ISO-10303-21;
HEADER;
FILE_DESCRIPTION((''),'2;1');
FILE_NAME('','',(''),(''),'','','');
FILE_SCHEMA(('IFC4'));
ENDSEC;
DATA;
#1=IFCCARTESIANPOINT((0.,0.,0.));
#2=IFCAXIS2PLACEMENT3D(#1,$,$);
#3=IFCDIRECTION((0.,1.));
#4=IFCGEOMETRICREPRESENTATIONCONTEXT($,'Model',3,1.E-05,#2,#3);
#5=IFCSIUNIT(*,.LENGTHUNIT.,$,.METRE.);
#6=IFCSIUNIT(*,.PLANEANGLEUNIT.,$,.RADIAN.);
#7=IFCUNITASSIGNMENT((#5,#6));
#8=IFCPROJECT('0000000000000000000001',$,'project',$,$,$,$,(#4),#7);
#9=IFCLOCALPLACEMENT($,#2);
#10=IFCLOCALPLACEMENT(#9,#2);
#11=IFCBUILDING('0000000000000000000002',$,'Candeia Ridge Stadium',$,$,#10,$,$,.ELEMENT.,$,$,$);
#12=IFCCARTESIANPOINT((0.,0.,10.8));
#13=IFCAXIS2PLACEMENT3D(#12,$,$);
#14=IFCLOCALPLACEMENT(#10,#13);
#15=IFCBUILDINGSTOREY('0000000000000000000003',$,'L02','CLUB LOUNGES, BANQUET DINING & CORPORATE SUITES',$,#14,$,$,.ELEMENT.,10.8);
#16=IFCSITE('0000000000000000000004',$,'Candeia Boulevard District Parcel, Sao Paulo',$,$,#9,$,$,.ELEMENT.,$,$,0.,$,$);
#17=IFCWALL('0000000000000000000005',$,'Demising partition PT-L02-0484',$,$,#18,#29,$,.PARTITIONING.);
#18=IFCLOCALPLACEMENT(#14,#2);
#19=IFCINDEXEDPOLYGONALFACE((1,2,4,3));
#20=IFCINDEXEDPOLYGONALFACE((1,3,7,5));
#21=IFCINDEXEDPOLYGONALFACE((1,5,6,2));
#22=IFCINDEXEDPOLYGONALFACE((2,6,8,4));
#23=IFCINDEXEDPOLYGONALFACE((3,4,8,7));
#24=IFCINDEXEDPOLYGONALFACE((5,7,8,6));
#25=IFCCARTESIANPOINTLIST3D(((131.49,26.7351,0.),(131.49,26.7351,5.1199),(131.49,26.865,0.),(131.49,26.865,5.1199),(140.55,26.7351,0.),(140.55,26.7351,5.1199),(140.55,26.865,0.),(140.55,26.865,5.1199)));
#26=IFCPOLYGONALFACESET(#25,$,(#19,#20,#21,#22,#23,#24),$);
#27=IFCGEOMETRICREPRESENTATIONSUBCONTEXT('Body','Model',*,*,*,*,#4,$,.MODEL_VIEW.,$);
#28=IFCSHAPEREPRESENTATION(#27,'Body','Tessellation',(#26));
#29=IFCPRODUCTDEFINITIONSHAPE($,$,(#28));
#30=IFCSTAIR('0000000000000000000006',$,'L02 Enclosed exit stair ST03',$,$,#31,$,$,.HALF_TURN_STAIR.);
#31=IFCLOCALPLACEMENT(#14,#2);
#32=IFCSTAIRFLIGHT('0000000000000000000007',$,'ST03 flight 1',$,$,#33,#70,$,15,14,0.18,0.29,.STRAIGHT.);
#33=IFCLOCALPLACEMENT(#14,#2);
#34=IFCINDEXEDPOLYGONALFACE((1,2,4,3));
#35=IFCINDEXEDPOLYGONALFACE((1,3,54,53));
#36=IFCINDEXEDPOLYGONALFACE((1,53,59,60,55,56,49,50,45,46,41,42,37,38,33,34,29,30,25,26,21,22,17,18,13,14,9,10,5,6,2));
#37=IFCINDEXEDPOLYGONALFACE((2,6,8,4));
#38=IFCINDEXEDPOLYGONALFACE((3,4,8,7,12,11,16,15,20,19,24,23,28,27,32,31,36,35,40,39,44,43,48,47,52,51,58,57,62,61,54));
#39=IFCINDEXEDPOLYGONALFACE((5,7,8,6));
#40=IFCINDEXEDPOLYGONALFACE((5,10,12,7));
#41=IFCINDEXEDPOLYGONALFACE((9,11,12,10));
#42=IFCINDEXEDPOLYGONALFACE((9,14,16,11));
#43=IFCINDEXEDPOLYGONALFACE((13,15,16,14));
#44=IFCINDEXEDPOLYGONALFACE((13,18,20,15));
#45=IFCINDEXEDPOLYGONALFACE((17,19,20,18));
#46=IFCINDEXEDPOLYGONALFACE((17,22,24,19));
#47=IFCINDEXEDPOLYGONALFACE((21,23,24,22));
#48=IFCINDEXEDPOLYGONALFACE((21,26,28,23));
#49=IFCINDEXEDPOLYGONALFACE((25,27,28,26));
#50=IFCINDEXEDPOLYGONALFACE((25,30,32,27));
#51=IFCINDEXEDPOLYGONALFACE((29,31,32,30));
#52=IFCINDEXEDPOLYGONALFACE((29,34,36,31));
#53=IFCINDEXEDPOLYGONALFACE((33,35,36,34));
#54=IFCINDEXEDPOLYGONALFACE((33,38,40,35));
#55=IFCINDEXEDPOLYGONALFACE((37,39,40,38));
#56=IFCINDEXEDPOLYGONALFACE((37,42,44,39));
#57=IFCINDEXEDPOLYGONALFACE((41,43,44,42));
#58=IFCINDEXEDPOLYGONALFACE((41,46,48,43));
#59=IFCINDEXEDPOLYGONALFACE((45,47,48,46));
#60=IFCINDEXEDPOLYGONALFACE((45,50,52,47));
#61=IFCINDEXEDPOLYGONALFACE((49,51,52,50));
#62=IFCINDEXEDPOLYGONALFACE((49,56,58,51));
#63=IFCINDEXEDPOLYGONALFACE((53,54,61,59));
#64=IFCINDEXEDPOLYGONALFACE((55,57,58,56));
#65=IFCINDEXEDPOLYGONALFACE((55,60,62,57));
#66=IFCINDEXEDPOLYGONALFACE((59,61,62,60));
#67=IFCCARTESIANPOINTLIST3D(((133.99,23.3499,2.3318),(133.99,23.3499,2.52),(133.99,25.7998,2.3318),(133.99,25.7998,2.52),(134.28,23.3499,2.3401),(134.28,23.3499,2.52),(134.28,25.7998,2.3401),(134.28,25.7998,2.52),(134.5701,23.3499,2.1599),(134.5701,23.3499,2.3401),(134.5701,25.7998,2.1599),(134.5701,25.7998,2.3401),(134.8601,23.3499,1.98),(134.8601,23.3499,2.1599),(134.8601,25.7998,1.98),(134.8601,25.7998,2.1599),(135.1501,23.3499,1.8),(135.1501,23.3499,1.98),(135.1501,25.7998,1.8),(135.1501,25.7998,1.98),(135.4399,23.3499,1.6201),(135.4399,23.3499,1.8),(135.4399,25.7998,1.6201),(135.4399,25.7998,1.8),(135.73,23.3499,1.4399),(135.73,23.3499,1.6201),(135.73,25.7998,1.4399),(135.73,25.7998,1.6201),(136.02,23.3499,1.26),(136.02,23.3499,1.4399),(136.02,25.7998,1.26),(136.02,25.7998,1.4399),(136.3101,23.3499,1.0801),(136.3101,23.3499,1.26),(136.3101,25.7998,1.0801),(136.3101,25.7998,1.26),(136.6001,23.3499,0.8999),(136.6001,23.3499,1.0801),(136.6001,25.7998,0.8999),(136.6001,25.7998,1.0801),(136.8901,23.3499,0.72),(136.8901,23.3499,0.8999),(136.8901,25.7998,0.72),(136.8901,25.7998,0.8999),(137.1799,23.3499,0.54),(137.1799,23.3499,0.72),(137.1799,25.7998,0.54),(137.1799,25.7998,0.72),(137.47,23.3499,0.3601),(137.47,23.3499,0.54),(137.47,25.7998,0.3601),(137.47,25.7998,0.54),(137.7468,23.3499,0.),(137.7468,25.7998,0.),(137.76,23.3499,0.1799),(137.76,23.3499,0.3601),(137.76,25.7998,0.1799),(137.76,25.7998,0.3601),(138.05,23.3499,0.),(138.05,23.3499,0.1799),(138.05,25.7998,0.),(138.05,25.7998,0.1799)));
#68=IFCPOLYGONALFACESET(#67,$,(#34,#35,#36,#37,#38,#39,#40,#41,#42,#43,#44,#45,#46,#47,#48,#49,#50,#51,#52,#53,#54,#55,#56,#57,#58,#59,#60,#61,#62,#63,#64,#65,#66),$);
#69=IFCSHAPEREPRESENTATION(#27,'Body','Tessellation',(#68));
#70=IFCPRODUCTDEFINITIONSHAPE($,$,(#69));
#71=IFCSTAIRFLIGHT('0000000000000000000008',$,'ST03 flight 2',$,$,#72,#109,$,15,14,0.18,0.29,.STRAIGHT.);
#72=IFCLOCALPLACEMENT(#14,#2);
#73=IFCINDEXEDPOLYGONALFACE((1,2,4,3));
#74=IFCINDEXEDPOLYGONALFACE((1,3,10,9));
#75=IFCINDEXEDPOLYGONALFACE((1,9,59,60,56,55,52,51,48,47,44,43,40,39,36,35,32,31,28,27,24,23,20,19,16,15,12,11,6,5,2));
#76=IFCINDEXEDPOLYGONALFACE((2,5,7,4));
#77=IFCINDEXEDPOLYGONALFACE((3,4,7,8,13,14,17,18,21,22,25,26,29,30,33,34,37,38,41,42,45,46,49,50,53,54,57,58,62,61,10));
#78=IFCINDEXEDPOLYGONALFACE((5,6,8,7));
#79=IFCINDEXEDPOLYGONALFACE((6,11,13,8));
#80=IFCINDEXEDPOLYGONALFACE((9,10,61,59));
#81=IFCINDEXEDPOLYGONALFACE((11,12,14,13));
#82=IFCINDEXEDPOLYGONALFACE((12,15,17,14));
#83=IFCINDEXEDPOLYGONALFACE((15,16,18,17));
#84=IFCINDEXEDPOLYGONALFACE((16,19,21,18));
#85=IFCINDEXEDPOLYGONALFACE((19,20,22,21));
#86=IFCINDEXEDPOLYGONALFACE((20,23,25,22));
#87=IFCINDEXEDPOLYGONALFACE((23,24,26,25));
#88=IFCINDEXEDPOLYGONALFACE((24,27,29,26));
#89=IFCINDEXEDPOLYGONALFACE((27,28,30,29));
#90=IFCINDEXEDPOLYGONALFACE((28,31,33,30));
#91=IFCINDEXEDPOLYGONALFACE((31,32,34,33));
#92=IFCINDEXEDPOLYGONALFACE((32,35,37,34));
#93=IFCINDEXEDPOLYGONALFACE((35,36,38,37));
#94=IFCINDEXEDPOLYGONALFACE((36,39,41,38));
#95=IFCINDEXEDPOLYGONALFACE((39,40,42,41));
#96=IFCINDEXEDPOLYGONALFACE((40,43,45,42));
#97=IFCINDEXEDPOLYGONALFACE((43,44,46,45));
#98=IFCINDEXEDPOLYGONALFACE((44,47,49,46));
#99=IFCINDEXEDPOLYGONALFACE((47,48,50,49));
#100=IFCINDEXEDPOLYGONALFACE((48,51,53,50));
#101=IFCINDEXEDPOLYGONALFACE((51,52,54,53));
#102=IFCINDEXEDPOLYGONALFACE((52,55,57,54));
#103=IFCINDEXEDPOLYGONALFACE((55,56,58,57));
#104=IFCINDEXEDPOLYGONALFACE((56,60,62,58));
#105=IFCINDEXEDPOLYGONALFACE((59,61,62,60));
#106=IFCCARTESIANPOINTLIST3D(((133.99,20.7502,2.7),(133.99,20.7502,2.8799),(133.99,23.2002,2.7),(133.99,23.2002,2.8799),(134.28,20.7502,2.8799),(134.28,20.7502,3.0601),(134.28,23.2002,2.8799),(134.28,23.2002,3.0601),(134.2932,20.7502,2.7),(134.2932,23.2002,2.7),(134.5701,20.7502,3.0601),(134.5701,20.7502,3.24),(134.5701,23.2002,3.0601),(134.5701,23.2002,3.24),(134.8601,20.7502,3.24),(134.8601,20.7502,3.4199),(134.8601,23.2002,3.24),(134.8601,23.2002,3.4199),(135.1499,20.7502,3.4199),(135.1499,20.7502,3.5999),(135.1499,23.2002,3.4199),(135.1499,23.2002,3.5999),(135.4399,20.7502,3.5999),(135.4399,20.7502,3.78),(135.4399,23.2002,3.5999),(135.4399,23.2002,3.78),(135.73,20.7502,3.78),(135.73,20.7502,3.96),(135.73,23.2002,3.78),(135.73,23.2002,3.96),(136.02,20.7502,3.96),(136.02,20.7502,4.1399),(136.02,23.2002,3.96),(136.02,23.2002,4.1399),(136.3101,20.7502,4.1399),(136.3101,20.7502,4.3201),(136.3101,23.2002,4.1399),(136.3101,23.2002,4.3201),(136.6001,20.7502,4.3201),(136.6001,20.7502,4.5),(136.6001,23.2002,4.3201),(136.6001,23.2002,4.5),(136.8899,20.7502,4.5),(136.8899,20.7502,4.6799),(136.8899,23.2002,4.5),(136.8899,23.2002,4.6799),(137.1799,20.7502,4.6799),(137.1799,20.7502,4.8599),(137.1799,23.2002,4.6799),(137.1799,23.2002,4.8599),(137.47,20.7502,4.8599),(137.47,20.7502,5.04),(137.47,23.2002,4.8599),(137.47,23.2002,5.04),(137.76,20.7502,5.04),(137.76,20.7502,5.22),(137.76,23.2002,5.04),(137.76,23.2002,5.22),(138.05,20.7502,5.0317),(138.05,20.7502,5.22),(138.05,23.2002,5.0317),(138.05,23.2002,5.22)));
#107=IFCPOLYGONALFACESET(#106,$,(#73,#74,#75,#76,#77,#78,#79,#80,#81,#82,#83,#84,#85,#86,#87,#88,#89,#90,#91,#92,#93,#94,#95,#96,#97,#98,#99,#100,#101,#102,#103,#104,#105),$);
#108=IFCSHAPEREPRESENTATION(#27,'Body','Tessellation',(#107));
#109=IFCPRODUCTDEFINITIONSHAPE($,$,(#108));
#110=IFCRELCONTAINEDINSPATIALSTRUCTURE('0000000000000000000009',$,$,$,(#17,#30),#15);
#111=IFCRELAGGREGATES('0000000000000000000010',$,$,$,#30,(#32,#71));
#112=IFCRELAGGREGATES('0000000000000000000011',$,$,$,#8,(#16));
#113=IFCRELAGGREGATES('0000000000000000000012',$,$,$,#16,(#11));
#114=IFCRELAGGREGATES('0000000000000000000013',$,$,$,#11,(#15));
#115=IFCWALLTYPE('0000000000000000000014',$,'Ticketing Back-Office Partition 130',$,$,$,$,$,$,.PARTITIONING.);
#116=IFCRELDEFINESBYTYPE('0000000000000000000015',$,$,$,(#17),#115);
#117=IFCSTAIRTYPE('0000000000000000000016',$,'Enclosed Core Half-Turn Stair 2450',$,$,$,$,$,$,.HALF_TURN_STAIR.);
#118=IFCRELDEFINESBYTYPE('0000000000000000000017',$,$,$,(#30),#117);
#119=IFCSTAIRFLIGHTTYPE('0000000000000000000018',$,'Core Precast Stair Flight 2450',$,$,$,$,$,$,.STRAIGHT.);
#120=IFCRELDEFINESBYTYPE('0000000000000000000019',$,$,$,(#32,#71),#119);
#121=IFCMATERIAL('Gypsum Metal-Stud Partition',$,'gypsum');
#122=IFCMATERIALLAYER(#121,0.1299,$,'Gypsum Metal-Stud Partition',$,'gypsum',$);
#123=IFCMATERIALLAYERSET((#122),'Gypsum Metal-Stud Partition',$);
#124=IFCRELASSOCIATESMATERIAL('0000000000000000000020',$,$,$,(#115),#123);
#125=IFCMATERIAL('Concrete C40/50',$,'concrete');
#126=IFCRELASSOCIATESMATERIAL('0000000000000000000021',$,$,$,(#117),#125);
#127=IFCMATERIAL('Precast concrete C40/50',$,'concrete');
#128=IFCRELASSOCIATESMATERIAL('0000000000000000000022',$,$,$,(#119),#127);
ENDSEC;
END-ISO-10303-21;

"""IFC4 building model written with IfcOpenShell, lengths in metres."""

from ifc_helpers import new_model, si_unit, direction, frame, frame_2d, origin, place, context, subcontext, project, spatial, polyline, rectangle, outline, extrude, material, layer, layer_set, type_object, element, aggregate, save


model = new_model("IFC4")

# Units and contexts
model_context = context("Model", 3, precision=1e-05, world=origin(), true_north=direction((0.0, 1.0)))
body_context = subcontext(model_context, "Body", "Model", "MODEL_VIEW")
ifc_project = project(units=[si_unit("LENGTHUNIT", "METRE"), si_unit("PLANEANGLEUNIT", "RADIAN")], contexts=[model_context])

# Site, building, storey
site_placement = place(None, origin())
site = spatial("IfcSite", under=ifc_project, at=site_placement, Name="Candeia Boulevard District Parcel, Sao Paulo", CompositionType="ELEMENT", RefElevation=0.0)
building_placement = place(site_placement, origin())
building = spatial("IfcBuilding", under=site, at=building_placement, Name="Candeia Ridge Stadium", CompositionType="ELEMENT")
storey_placement = place(building_placement, frame((0.0, 0.0, 10.8)))
storey = spatial("IfcBuildingStorey", under=building, at=storey_placement, Name="L02", Description="CLUB LOUNGES, BANQUET DINING & CORPORATE SUITES", CompositionType="ELEMENT", Elevation=10.8)

# Shared definitions
ifc_material_1 = material(Name="Concrete C40/50", Category="concrete")

# Wall
ifc_material_2 = material(Name="Gypsum Metal-Stud Partition", Category="gypsum")
ifc_layer_1 = layer(ifc_material_2, 0.1299, Name="Gypsum Metal-Stud Partition", Category="gypsum")
ifc_layer_set_1 = layer_set([ifc_layer_1], Name="Gypsum Metal-Stud Partition")
wall_type_1 = type_object("IfcWallType", Name="Ticketing Back-Office Partition 130", PredefinedType="PARTITIONING", material=ifc_layer_set_1)
wall_1_placement = place(storey_placement, frame((131.49, 26.8, 0.0), z_axis=(0.0, 0.0, 1.0), x_axis=(1.0, 0.0, 0.0)))
element("IfcWall", 1, at=wall_1_placement, inside=storey, type_object=wall_type_1, Name="Demising partition PT-L02-0484", PredefinedType="PARTITIONING", context=body_context, shape_type="SweptSolid", body=[
    extrude(rectangle(XDim=9.0601, YDim=0.1299, at=frame_2d((4.53, 0.0))), origin(), (0.0, 0.0, 1.0), 5.1199),
])

# Stair, stair flights
stair_type = type_object("IfcStairType", Name="Enclosed Core Half-Turn Stair 2450", PredefinedType="HALF_TURN_STAIR", material=ifc_material_1)
stair_placement = place(storey_placement, origin())
stair = element("IfcStair", 2, at=stair_placement, inside=storey, type_object=stair_type, Name="L02 Enclosed exit stair ST03", PredefinedType="HALF_TURN_STAIR")
ifc_material_3 = material(Name="Precast concrete C40/50", Category="concrete")
stair_flight_type = type_object("IfcStairFlightType", Name="Core Precast Stair Flight 2450", PredefinedType="STRAIGHT", material=ifc_material_3)
stair_flight_1_placement = place(storey_placement, frame((138.05, 24.575, 0.0), z_axis=(0.0, 0.0, 1.0), x_axis=(-1.0, 0.0, 0.0)))
stair_flight_1 = element("IfcStairFlight", 3, at=stair_flight_1_placement, type_object=stair_flight_type, Name="ST03 flight 1", NumberOfRisers=15, NumberOfTreads=14, PredefinedType="STRAIGHT", RiserHeight=0.18, TreadLength=0.29, context=body_context, shape_type="SweptSolid", body=[
    extrude(outline(polyline([(0.0, 0.0), (0.0, 0.1799), (0.29, 0.1799), (0.29, 0.3601), (0.5801, 0.3601), (0.5801, 0.54), (0.8701, 0.54), (0.8701, 0.72), (1.1599, 0.72), (1.1599, 0.8999), (1.45, 0.8999), (1.45, 1.0801), (1.74, 1.0801), (1.74, 1.26), (2.03, 1.26), (2.03, 1.4399), (2.3201, 1.4399), (2.3201, 1.6201), (2.6101, 1.6201), (2.6101, 1.8), (2.8999, 1.8), (2.8999, 1.98), (3.1899, 1.98), (3.1899, 2.1599), (3.48, 2.1599), (3.48, 2.3401), (3.77, 2.3401), (3.77, 2.52), (4.0601, 2.52), (4.0601, 2.7), (4.0601, 2.3318), (0.3032, 0.0), (0.0, 0.0)])), frame((0.0, 1.2251, 0.0), z_axis=(0.0, -1.0, 0.0), x_axis=(1.0, 0.0, 0.0)), (0.0, 0.0, 1.0), 2.45),
])
stair_flight_2_placement = place(storey_placement, frame((133.99, 21.9751, 2.7), z_axis=(0.0, 0.0, 1.0), x_axis=(1.0, 0.0, 0.0)))
stair_flight_2 = element("IfcStairFlight", 4, at=stair_flight_2_placement, type_object=stair_flight_type, Name="ST03 flight 2", NumberOfRisers=15, NumberOfTreads=14, PredefinedType="STRAIGHT", RiserHeight=0.18, TreadLength=0.29, context=body_context, shape_type="SweptSolid", body=[
    extrude(outline(polyline([(0.0, 0.0), (0.0, 0.1799), (0.29, 0.1799), (0.29, 0.3601), (0.5801, 0.3601), (0.5801, 0.54), (0.8701, 0.54), (0.8701, 0.72), (1.1599, 0.72), (1.1599, 0.8999), (1.45, 0.8999), (1.45, 1.0801), (1.74, 1.0801), (1.74, 1.26), (2.03, 1.26), (2.03, 1.4399), (2.3201, 1.4399), (2.3201, 1.6201), (2.6101, 1.6201), (2.6101, 1.8), (2.8999, 1.8), (2.8999, 1.98), (3.1899, 1.98), (3.1899, 2.1599), (3.48, 2.1599), (3.48, 2.3401), (3.77, 2.3401), (3.77, 2.52), (4.0601, 2.52), (4.0601, 2.7), (4.0601, 2.3318), (0.3032, 0.0), (0.0, 0.0)])), frame((0.0, 1.2251, 0.0), z_axis=(0.0, -1.0, 0.0), x_axis=(1.0, 0.0, 0.0)), (0.0, 0.0, 1.0), 2.45),
])
aggregate(stair, [stair_flight_1, stair_flight_2])

save(model, "model.ifc")
